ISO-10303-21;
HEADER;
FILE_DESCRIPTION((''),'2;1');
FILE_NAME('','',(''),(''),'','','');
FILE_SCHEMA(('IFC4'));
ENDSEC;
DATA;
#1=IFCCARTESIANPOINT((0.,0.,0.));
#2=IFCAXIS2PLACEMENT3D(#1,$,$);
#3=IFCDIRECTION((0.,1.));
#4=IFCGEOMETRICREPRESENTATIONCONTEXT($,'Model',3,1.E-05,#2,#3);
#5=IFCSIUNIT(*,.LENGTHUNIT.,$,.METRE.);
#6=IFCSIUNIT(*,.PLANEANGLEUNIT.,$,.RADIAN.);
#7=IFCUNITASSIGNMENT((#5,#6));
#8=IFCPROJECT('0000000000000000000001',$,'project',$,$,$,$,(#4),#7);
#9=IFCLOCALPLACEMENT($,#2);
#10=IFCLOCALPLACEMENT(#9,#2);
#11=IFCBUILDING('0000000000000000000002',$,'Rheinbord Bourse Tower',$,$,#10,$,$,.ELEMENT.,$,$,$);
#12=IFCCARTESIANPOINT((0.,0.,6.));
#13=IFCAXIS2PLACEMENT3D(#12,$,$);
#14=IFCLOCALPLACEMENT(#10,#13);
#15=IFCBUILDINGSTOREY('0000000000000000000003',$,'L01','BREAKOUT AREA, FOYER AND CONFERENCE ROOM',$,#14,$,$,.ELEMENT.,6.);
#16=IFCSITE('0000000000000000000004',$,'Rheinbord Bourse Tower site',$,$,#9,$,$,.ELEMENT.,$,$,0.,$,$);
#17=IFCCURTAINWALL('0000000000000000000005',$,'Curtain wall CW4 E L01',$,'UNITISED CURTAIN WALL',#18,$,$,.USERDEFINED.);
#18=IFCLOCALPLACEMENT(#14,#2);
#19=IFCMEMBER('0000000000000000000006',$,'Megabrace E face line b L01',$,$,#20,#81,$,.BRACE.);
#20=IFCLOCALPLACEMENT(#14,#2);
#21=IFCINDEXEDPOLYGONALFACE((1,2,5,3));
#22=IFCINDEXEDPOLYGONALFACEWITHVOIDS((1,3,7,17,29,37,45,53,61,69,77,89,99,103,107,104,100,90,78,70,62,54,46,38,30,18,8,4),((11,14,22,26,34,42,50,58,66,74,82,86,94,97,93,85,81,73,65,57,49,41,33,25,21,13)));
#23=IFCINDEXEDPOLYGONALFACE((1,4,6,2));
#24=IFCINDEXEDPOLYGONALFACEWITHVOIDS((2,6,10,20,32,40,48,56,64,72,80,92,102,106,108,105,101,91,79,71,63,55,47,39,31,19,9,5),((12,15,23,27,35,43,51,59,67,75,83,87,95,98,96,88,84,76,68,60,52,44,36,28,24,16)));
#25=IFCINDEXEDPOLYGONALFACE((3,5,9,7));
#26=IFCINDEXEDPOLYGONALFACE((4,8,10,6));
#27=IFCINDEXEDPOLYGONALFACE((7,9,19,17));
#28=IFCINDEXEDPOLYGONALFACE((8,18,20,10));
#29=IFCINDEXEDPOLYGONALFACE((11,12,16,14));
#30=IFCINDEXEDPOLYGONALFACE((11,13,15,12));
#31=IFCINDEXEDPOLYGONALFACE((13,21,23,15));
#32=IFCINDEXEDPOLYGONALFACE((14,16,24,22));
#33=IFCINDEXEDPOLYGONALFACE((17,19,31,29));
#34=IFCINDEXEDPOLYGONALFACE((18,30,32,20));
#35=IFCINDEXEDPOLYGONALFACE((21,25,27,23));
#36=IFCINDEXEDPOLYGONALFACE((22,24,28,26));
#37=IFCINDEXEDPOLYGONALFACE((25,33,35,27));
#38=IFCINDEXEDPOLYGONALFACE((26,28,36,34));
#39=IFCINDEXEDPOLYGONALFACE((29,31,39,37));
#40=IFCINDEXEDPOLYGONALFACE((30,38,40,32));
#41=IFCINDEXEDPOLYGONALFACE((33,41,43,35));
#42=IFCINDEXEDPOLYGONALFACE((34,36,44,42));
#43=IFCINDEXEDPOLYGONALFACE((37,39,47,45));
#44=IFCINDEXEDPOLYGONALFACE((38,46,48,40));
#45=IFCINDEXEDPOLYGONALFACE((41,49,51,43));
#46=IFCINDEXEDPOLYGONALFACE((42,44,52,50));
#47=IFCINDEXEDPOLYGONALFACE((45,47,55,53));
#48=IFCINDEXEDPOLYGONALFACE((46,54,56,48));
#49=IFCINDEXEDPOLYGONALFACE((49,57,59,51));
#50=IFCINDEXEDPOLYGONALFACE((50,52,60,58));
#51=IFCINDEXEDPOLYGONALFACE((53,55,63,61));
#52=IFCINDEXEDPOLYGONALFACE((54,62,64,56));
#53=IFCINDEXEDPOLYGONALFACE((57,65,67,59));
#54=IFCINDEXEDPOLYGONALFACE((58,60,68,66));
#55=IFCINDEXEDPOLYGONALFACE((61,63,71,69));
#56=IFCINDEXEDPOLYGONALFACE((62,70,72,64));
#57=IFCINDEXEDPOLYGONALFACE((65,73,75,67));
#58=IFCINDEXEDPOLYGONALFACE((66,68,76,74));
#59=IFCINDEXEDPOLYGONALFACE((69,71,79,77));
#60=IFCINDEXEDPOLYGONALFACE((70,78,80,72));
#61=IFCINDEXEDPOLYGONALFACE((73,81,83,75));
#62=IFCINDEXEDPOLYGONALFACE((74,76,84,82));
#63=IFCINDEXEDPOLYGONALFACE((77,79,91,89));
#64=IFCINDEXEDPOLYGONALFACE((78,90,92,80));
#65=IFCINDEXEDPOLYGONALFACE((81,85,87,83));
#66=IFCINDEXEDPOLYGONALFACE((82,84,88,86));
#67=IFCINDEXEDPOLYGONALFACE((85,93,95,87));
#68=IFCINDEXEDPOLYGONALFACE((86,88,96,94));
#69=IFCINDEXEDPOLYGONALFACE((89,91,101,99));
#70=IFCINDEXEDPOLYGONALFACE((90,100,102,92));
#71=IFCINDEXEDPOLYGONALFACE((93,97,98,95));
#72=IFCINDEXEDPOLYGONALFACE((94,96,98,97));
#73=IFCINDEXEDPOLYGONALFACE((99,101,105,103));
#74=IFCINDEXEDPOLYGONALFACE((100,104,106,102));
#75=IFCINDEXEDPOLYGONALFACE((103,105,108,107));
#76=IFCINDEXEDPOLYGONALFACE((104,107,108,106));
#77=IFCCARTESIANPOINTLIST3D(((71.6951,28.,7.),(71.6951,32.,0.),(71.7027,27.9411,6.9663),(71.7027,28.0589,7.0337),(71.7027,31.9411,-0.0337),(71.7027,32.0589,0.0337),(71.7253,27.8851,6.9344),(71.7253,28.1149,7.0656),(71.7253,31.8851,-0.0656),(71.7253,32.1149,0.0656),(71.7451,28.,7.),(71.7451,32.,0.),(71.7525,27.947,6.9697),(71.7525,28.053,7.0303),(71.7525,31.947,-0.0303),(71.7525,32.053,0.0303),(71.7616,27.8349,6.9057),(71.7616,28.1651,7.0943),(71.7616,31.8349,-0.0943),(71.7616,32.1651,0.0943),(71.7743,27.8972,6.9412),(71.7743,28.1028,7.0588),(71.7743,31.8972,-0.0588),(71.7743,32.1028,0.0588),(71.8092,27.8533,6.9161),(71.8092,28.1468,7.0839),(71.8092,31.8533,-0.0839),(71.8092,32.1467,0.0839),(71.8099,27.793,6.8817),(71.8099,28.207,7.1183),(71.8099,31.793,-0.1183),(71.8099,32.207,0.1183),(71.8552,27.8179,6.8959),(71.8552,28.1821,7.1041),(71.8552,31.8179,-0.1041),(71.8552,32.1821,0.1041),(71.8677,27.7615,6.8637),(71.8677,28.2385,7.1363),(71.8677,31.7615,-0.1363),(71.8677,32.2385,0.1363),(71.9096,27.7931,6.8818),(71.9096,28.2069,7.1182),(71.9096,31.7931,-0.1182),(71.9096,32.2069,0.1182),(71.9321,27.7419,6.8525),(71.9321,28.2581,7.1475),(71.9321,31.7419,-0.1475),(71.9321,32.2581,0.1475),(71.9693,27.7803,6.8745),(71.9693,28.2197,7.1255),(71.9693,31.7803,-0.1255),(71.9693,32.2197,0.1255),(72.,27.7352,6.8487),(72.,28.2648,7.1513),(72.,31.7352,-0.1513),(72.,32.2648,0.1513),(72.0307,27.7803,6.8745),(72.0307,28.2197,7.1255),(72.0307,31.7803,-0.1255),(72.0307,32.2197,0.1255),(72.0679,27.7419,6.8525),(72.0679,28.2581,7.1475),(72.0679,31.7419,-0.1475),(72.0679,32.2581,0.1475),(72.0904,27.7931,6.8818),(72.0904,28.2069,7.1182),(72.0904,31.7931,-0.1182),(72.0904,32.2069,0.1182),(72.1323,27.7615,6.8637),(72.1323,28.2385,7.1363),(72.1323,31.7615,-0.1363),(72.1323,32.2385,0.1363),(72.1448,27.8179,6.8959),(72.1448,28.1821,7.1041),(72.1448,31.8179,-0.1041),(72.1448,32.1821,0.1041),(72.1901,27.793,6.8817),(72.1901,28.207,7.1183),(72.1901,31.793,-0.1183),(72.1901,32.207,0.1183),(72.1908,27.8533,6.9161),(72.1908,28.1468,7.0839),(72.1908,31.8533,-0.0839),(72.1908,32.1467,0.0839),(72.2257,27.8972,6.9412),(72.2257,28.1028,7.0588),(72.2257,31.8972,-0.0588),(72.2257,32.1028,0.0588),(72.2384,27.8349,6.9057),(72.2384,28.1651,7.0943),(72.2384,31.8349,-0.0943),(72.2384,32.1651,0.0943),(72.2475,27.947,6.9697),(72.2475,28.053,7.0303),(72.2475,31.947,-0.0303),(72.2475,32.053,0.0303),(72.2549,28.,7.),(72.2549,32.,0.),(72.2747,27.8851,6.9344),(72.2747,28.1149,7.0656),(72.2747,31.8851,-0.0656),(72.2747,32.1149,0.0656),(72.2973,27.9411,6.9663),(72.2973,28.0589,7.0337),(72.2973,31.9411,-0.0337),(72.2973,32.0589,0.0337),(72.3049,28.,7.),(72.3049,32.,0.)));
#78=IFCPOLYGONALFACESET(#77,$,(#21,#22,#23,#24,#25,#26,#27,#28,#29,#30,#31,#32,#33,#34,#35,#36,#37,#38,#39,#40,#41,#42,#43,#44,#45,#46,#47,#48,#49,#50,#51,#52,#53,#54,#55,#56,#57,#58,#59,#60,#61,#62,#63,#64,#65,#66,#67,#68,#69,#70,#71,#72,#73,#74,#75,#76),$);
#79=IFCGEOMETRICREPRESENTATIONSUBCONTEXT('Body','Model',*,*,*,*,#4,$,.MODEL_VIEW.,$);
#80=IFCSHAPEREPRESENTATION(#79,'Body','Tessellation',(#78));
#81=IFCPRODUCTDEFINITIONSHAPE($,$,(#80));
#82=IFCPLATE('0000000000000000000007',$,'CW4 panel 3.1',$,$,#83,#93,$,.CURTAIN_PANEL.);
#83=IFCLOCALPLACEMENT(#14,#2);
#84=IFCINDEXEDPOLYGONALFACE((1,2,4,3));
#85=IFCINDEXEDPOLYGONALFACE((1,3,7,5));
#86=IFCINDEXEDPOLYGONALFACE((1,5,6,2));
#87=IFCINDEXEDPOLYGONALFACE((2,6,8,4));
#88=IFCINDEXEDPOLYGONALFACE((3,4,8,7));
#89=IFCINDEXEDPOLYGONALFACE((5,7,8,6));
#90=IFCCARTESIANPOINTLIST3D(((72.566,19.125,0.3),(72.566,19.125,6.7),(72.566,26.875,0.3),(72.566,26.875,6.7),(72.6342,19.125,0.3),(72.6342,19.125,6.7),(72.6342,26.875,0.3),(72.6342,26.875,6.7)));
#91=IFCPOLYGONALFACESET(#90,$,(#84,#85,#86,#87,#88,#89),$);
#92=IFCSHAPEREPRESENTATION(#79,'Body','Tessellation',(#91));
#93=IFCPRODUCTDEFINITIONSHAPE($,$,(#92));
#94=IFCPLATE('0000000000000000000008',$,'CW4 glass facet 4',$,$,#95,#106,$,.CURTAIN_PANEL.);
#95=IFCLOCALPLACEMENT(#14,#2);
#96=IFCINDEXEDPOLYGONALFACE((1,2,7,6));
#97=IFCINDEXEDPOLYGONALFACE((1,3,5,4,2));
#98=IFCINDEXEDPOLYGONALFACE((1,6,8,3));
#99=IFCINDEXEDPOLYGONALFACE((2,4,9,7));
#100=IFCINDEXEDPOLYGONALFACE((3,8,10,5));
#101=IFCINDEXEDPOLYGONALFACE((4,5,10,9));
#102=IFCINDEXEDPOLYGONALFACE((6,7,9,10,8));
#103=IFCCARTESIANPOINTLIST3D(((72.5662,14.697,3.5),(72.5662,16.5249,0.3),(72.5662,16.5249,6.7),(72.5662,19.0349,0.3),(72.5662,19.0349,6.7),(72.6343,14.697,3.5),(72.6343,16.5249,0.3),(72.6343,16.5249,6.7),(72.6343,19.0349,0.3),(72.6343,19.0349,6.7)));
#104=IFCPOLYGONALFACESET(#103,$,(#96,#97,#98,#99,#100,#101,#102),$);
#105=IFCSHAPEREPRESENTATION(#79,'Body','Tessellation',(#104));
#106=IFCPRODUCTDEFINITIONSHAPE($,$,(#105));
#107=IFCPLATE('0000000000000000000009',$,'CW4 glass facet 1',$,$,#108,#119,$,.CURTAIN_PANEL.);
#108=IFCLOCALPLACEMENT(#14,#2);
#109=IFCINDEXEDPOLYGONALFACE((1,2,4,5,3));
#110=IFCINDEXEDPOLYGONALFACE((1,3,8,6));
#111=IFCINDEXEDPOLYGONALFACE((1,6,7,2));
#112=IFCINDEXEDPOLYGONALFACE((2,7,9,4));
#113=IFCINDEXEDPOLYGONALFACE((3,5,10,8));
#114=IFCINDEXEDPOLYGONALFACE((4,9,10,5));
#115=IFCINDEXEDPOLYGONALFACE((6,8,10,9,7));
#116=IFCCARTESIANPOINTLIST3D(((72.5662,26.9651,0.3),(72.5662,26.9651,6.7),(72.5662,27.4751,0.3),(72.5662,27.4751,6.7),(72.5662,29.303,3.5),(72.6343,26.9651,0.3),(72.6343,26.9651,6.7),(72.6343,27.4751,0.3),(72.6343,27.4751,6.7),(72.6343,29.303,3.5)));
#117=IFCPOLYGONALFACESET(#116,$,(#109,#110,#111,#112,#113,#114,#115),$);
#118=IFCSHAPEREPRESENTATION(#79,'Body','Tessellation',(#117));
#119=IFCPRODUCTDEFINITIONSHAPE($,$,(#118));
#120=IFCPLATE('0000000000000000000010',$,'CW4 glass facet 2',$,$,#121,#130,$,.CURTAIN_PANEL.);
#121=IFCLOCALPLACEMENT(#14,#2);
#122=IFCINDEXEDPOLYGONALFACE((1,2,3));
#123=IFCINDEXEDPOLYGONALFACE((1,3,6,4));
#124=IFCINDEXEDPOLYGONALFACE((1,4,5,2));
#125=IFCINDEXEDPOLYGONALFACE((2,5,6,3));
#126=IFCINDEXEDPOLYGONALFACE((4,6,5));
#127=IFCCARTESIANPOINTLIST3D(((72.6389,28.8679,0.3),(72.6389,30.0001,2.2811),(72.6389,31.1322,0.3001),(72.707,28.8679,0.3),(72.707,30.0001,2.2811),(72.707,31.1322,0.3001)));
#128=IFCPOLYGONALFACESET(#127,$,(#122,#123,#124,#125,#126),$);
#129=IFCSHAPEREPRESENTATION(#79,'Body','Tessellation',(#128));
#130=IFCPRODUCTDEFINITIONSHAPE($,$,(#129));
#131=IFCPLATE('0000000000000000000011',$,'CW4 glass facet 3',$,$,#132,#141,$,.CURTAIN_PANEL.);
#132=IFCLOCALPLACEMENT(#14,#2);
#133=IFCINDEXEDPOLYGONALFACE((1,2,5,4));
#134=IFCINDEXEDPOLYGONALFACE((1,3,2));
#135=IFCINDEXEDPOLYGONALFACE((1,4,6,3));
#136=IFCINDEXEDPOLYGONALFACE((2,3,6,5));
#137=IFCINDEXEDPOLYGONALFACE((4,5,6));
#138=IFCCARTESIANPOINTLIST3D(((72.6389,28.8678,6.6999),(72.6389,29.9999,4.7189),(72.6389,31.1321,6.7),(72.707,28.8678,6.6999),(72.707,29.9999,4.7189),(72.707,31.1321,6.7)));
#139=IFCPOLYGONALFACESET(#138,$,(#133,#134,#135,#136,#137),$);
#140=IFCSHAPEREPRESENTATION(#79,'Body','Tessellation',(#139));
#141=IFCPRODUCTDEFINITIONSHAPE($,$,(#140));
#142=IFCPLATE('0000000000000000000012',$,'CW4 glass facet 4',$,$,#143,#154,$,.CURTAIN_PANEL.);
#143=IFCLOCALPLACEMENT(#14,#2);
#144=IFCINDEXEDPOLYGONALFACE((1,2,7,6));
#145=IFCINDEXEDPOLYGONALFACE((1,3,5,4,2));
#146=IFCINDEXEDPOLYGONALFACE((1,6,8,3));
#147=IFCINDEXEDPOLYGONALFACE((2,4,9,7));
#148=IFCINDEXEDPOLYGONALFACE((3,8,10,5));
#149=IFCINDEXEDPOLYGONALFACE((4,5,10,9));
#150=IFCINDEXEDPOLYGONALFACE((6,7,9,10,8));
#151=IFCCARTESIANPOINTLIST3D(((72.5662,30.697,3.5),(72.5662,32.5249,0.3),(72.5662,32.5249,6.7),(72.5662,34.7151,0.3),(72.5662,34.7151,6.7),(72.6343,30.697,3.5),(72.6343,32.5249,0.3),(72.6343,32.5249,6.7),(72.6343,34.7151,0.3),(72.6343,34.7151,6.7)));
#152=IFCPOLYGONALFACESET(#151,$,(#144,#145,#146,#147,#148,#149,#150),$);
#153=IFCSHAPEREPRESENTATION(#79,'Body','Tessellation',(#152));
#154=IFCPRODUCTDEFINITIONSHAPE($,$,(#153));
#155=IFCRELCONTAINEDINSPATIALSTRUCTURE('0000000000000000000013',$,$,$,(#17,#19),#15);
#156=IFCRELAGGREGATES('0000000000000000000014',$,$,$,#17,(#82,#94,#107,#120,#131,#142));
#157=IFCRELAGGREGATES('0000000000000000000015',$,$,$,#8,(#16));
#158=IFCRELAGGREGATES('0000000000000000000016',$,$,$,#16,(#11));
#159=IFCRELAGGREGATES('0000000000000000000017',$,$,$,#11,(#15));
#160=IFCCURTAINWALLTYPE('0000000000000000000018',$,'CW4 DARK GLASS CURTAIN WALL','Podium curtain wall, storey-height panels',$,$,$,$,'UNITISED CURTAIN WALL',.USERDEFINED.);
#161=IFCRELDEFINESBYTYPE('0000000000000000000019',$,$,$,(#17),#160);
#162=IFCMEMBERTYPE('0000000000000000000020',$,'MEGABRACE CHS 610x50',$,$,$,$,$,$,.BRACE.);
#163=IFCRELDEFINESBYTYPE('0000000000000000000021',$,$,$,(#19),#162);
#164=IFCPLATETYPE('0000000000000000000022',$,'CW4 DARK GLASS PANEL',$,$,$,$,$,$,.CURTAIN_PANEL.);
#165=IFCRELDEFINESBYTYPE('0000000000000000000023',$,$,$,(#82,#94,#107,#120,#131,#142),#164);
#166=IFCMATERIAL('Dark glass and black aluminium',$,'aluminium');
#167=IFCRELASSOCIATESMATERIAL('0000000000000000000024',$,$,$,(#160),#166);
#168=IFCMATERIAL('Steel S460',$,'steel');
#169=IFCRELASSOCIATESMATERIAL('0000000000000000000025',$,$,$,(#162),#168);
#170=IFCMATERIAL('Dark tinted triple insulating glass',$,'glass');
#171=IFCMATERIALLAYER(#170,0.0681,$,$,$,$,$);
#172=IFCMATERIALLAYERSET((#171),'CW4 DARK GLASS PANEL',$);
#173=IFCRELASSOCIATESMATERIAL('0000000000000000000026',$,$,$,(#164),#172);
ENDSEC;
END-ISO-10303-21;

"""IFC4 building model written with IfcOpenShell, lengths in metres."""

from ifc_helpers import new_model, si_unit, direction, frame, origin, origin_2d, place, context, subcontext, project, spatial, polyline, rectangle, hollow_circle, outline, extrude, material, layer, layer_set, material_profile, profile_set, type_object, element, aggregate, save


model = new_model("IFC4")

# Units and contexts
model_context = context("Model", 3, precision=1e-05, world=origin(), true_north=direction((0.0, 1.0)))
body_context = subcontext(model_context, "Body", "Model", "MODEL_VIEW")
ifc_project = project(units=[si_unit("LENGTHUNIT", "METRE"), si_unit("PLANEANGLEUNIT", "RADIAN")], contexts=[model_context])

# Site, building, storey
site_placement = place(None, origin())
site = spatial("IfcSite", under=ifc_project, at=site_placement, Name="Rheinbord Bourse Tower site", CompositionType="ELEMENT", RefElevation=0.0)
building_placement = place(site_placement, origin())
building = spatial("IfcBuilding", under=site, at=building_placement, Name="Rheinbord Bourse Tower", CompositionType="ELEMENT")
storey_placement = place(building_placement, frame((0.0, 0.0, 6.0)))
storey = spatial("IfcBuildingStorey", under=building, at=storey_placement, Name="L01", Description="BREAKOUT AREA, FOYER AND CONFERENCE ROOM", CompositionType="ELEMENT", Elevation=6.0)

# Curtain wall
ifc_material_1 = material(Name="Dark glass and black aluminium", Category="aluminium")
curtain_wall_type = type_object("IfcCurtainWallType", Name="CW4 DARK GLASS CURTAIN WALL", Description="Podium curtain wall, storey-height panels", ElementType="UNITISED CURTAIN WALL", PredefinedType="USERDEFINED", material=ifc_material_1)
curtain_wall_placement = place(storey_placement, origin())
curtain_wall = element("IfcCurtainWall", 1, at=curtain_wall_placement, inside=storey, type_object=curtain_wall_type, Name="Curtain wall CW4 E L01", ObjectType="UNITISED CURTAIN WALL", PredefinedType="USERDEFINED")

# Member
ifc_material_2 = material(Name="Steel S460", Category="steel")
ifc_material_profile_1 = material_profile(ifc_material_2, hollow_circle(Radius=0.3049, WallThickness=0.05, at=origin_2d()), Name="CHS 610x50")
ifc_profile_set_1 = profile_set([ifc_material_profile_1], Name="Steel S460")
member_type_1 = type_object("IfcMemberType", Name="MEGABRACE CHS 610x50", PredefinedType="BRACE", material=ifc_profile_set_1)
member_1_placement = place(storey_placement, frame((72.0, 32.0, 0.0), z_axis=(0.0, -0.496139, 0.868243), x_axis=(1.0, 0.0, 0.0)))
element("IfcMember", 2, at=member_1_placement, inside=storey, type_object=member_type_1, Name="Megabrace E face line b L01", PredefinedType="BRACE", context=body_context, shape_type="SweptSolid", body=[
    extrude(hollow_circle(Radius=0.3049, WallThickness=0.05, at=origin_2d()), origin(), (0.0, 0.0, 1.0), 8.0623),
])

# Plates
ifc_material_3 = material(Name="Dark tinted triple insulating glass", Category="glass")
ifc_layer = layer(ifc_material_3, 0.0681)
ifc_layer_set = layer_set([ifc_layer], Name="CW4 DARK GLASS PANEL")
plate_type = type_object("IfcPlateType", Name="CW4 DARK GLASS PANEL", PredefinedType="CURTAIN_PANEL", material=ifc_layer_set)
plate_1_placement = place(storey_placement, frame((72.6001, 23.0, 0.3), z_axis=(0.0, 0.0, 1.0), x_axis=(0.0, 1.0, 0.0)))
plate_1 = element("IfcPlate", 3, at=plate_1_placement, type_object=plate_type, Name="CW4 panel 3.1", PredefinedType="CURTAIN_PANEL", context=body_context, shape_type="SweptSolid", body=[
    extrude(rectangle(XDim=7.75, YDim=0.0681, at=origin_2d()), origin(), (0.0, 0.0, 1.0), 6.3999),
])
plate_2_placement = place(storey_placement, frame((72.6343, 19.0349, 6.7), z_axis=(-1.0, 0.0, 0.0), x_axis=(0.0, 0.0, -1.0)))
plate_2 = element("IfcPlate", 4, at=plate_2_placement, type_object=plate_type, Name="CW4 glass facet 4", PredefinedType="CURTAIN_PANEL", context=body_context, shape_type="SweptSolid", body=[
    extrude(outline(polyline([(0.0, 0.0), (6.3999, 0.0), (6.3999, 2.51), (3.2, 4.3379), (0.0, 2.51), (0.0, 0.0)])), origin(), (0.0, 0.0, 1.0), 0.0681),
])
plate_3_placement = place(storey_placement, frame((72.6343, 26.9651, 0.3), z_axis=(-1.0, 0.0, 0.0), x_axis=(0.0, 0.0, 1.0)))
plate_3 = element("IfcPlate", 5, at=plate_3_placement, type_object=plate_type, Name="CW4 glass facet 1", PredefinedType="CURTAIN_PANEL", context=body_context, shape_type="SweptSolid", body=[
    extrude(outline(polyline([(0.0, 0.0), (6.3999, 0.0), (6.3999, 0.51), (3.2, 2.3379), (0.0, 0.51), (0.0, 0.0)])), origin(), (0.0, 0.0, 1.0), 0.0681),
])
plate_4_placement = place(storey_placement, frame((72.707, 28.8679, 0.3), z_axis=(-1.0, 0.0, 0.0), x_axis=(0.0, 0.496174, 0.868223)))
plate_4 = element("IfcPlate", 6, at=plate_4_placement, type_object=plate_type, Name="CW4 glass facet 2", PredefinedType="CURTAIN_PANEL", context=body_context, shape_type="SweptSolid", body=[
    extrude(outline(polyline([(0.0, 0.0), (2.2817, 0.0), (1.1235, 1.9658), (0.0, 0.0)])), origin(), (0.0, 0.0, 1.0), 0.0681),
])
plate_5_placement = place(storey_placement, frame((72.707, 31.1321, 6.7), z_axis=(-1.0, 0.0, 0.0), x_axis=(0.0, -0.496174, -0.868223)))
plate_5 = element("IfcPlate", 7, at=plate_5_placement, type_object=plate_type, Name="CW4 glass facet 3", PredefinedType="CURTAIN_PANEL", context=body_context, shape_type="SweptSolid", body=[
    extrude(outline(polyline([(0.0, 0.0), (2.2817, 0.0), (1.1235, 1.9658), (0.0, 0.0)])), origin(), (0.0, 0.0, 1.0), 0.0681),
])
plate_6_placement = place(storey_placement, frame((72.6343, 34.7151, 6.7), z_axis=(-1.0, 0.0, 0.0), x_axis=(0.0, 0.0, -1.0)))
plate_6 = element("IfcPlate", 8, at=plate_6_placement, type_object=plate_type, Name="CW4 glass facet 4", PredefinedType="CURTAIN_PANEL", context=body_context, shape_type="SweptSolid", body=[
    extrude(outline(polyline([(0.0, 0.0), (6.3999, 0.0), (6.3999, 2.1902), (3.2, 4.0181), (0.0, 2.1902), (0.0, 0.0)])), origin(), (0.0, 0.0, 1.0), 0.0681),
])
aggregate(curtain_wall, [plate_1, plate_2, plate_3, plate_4, plate_5, plate_6])

save(model, "model.ifc")
